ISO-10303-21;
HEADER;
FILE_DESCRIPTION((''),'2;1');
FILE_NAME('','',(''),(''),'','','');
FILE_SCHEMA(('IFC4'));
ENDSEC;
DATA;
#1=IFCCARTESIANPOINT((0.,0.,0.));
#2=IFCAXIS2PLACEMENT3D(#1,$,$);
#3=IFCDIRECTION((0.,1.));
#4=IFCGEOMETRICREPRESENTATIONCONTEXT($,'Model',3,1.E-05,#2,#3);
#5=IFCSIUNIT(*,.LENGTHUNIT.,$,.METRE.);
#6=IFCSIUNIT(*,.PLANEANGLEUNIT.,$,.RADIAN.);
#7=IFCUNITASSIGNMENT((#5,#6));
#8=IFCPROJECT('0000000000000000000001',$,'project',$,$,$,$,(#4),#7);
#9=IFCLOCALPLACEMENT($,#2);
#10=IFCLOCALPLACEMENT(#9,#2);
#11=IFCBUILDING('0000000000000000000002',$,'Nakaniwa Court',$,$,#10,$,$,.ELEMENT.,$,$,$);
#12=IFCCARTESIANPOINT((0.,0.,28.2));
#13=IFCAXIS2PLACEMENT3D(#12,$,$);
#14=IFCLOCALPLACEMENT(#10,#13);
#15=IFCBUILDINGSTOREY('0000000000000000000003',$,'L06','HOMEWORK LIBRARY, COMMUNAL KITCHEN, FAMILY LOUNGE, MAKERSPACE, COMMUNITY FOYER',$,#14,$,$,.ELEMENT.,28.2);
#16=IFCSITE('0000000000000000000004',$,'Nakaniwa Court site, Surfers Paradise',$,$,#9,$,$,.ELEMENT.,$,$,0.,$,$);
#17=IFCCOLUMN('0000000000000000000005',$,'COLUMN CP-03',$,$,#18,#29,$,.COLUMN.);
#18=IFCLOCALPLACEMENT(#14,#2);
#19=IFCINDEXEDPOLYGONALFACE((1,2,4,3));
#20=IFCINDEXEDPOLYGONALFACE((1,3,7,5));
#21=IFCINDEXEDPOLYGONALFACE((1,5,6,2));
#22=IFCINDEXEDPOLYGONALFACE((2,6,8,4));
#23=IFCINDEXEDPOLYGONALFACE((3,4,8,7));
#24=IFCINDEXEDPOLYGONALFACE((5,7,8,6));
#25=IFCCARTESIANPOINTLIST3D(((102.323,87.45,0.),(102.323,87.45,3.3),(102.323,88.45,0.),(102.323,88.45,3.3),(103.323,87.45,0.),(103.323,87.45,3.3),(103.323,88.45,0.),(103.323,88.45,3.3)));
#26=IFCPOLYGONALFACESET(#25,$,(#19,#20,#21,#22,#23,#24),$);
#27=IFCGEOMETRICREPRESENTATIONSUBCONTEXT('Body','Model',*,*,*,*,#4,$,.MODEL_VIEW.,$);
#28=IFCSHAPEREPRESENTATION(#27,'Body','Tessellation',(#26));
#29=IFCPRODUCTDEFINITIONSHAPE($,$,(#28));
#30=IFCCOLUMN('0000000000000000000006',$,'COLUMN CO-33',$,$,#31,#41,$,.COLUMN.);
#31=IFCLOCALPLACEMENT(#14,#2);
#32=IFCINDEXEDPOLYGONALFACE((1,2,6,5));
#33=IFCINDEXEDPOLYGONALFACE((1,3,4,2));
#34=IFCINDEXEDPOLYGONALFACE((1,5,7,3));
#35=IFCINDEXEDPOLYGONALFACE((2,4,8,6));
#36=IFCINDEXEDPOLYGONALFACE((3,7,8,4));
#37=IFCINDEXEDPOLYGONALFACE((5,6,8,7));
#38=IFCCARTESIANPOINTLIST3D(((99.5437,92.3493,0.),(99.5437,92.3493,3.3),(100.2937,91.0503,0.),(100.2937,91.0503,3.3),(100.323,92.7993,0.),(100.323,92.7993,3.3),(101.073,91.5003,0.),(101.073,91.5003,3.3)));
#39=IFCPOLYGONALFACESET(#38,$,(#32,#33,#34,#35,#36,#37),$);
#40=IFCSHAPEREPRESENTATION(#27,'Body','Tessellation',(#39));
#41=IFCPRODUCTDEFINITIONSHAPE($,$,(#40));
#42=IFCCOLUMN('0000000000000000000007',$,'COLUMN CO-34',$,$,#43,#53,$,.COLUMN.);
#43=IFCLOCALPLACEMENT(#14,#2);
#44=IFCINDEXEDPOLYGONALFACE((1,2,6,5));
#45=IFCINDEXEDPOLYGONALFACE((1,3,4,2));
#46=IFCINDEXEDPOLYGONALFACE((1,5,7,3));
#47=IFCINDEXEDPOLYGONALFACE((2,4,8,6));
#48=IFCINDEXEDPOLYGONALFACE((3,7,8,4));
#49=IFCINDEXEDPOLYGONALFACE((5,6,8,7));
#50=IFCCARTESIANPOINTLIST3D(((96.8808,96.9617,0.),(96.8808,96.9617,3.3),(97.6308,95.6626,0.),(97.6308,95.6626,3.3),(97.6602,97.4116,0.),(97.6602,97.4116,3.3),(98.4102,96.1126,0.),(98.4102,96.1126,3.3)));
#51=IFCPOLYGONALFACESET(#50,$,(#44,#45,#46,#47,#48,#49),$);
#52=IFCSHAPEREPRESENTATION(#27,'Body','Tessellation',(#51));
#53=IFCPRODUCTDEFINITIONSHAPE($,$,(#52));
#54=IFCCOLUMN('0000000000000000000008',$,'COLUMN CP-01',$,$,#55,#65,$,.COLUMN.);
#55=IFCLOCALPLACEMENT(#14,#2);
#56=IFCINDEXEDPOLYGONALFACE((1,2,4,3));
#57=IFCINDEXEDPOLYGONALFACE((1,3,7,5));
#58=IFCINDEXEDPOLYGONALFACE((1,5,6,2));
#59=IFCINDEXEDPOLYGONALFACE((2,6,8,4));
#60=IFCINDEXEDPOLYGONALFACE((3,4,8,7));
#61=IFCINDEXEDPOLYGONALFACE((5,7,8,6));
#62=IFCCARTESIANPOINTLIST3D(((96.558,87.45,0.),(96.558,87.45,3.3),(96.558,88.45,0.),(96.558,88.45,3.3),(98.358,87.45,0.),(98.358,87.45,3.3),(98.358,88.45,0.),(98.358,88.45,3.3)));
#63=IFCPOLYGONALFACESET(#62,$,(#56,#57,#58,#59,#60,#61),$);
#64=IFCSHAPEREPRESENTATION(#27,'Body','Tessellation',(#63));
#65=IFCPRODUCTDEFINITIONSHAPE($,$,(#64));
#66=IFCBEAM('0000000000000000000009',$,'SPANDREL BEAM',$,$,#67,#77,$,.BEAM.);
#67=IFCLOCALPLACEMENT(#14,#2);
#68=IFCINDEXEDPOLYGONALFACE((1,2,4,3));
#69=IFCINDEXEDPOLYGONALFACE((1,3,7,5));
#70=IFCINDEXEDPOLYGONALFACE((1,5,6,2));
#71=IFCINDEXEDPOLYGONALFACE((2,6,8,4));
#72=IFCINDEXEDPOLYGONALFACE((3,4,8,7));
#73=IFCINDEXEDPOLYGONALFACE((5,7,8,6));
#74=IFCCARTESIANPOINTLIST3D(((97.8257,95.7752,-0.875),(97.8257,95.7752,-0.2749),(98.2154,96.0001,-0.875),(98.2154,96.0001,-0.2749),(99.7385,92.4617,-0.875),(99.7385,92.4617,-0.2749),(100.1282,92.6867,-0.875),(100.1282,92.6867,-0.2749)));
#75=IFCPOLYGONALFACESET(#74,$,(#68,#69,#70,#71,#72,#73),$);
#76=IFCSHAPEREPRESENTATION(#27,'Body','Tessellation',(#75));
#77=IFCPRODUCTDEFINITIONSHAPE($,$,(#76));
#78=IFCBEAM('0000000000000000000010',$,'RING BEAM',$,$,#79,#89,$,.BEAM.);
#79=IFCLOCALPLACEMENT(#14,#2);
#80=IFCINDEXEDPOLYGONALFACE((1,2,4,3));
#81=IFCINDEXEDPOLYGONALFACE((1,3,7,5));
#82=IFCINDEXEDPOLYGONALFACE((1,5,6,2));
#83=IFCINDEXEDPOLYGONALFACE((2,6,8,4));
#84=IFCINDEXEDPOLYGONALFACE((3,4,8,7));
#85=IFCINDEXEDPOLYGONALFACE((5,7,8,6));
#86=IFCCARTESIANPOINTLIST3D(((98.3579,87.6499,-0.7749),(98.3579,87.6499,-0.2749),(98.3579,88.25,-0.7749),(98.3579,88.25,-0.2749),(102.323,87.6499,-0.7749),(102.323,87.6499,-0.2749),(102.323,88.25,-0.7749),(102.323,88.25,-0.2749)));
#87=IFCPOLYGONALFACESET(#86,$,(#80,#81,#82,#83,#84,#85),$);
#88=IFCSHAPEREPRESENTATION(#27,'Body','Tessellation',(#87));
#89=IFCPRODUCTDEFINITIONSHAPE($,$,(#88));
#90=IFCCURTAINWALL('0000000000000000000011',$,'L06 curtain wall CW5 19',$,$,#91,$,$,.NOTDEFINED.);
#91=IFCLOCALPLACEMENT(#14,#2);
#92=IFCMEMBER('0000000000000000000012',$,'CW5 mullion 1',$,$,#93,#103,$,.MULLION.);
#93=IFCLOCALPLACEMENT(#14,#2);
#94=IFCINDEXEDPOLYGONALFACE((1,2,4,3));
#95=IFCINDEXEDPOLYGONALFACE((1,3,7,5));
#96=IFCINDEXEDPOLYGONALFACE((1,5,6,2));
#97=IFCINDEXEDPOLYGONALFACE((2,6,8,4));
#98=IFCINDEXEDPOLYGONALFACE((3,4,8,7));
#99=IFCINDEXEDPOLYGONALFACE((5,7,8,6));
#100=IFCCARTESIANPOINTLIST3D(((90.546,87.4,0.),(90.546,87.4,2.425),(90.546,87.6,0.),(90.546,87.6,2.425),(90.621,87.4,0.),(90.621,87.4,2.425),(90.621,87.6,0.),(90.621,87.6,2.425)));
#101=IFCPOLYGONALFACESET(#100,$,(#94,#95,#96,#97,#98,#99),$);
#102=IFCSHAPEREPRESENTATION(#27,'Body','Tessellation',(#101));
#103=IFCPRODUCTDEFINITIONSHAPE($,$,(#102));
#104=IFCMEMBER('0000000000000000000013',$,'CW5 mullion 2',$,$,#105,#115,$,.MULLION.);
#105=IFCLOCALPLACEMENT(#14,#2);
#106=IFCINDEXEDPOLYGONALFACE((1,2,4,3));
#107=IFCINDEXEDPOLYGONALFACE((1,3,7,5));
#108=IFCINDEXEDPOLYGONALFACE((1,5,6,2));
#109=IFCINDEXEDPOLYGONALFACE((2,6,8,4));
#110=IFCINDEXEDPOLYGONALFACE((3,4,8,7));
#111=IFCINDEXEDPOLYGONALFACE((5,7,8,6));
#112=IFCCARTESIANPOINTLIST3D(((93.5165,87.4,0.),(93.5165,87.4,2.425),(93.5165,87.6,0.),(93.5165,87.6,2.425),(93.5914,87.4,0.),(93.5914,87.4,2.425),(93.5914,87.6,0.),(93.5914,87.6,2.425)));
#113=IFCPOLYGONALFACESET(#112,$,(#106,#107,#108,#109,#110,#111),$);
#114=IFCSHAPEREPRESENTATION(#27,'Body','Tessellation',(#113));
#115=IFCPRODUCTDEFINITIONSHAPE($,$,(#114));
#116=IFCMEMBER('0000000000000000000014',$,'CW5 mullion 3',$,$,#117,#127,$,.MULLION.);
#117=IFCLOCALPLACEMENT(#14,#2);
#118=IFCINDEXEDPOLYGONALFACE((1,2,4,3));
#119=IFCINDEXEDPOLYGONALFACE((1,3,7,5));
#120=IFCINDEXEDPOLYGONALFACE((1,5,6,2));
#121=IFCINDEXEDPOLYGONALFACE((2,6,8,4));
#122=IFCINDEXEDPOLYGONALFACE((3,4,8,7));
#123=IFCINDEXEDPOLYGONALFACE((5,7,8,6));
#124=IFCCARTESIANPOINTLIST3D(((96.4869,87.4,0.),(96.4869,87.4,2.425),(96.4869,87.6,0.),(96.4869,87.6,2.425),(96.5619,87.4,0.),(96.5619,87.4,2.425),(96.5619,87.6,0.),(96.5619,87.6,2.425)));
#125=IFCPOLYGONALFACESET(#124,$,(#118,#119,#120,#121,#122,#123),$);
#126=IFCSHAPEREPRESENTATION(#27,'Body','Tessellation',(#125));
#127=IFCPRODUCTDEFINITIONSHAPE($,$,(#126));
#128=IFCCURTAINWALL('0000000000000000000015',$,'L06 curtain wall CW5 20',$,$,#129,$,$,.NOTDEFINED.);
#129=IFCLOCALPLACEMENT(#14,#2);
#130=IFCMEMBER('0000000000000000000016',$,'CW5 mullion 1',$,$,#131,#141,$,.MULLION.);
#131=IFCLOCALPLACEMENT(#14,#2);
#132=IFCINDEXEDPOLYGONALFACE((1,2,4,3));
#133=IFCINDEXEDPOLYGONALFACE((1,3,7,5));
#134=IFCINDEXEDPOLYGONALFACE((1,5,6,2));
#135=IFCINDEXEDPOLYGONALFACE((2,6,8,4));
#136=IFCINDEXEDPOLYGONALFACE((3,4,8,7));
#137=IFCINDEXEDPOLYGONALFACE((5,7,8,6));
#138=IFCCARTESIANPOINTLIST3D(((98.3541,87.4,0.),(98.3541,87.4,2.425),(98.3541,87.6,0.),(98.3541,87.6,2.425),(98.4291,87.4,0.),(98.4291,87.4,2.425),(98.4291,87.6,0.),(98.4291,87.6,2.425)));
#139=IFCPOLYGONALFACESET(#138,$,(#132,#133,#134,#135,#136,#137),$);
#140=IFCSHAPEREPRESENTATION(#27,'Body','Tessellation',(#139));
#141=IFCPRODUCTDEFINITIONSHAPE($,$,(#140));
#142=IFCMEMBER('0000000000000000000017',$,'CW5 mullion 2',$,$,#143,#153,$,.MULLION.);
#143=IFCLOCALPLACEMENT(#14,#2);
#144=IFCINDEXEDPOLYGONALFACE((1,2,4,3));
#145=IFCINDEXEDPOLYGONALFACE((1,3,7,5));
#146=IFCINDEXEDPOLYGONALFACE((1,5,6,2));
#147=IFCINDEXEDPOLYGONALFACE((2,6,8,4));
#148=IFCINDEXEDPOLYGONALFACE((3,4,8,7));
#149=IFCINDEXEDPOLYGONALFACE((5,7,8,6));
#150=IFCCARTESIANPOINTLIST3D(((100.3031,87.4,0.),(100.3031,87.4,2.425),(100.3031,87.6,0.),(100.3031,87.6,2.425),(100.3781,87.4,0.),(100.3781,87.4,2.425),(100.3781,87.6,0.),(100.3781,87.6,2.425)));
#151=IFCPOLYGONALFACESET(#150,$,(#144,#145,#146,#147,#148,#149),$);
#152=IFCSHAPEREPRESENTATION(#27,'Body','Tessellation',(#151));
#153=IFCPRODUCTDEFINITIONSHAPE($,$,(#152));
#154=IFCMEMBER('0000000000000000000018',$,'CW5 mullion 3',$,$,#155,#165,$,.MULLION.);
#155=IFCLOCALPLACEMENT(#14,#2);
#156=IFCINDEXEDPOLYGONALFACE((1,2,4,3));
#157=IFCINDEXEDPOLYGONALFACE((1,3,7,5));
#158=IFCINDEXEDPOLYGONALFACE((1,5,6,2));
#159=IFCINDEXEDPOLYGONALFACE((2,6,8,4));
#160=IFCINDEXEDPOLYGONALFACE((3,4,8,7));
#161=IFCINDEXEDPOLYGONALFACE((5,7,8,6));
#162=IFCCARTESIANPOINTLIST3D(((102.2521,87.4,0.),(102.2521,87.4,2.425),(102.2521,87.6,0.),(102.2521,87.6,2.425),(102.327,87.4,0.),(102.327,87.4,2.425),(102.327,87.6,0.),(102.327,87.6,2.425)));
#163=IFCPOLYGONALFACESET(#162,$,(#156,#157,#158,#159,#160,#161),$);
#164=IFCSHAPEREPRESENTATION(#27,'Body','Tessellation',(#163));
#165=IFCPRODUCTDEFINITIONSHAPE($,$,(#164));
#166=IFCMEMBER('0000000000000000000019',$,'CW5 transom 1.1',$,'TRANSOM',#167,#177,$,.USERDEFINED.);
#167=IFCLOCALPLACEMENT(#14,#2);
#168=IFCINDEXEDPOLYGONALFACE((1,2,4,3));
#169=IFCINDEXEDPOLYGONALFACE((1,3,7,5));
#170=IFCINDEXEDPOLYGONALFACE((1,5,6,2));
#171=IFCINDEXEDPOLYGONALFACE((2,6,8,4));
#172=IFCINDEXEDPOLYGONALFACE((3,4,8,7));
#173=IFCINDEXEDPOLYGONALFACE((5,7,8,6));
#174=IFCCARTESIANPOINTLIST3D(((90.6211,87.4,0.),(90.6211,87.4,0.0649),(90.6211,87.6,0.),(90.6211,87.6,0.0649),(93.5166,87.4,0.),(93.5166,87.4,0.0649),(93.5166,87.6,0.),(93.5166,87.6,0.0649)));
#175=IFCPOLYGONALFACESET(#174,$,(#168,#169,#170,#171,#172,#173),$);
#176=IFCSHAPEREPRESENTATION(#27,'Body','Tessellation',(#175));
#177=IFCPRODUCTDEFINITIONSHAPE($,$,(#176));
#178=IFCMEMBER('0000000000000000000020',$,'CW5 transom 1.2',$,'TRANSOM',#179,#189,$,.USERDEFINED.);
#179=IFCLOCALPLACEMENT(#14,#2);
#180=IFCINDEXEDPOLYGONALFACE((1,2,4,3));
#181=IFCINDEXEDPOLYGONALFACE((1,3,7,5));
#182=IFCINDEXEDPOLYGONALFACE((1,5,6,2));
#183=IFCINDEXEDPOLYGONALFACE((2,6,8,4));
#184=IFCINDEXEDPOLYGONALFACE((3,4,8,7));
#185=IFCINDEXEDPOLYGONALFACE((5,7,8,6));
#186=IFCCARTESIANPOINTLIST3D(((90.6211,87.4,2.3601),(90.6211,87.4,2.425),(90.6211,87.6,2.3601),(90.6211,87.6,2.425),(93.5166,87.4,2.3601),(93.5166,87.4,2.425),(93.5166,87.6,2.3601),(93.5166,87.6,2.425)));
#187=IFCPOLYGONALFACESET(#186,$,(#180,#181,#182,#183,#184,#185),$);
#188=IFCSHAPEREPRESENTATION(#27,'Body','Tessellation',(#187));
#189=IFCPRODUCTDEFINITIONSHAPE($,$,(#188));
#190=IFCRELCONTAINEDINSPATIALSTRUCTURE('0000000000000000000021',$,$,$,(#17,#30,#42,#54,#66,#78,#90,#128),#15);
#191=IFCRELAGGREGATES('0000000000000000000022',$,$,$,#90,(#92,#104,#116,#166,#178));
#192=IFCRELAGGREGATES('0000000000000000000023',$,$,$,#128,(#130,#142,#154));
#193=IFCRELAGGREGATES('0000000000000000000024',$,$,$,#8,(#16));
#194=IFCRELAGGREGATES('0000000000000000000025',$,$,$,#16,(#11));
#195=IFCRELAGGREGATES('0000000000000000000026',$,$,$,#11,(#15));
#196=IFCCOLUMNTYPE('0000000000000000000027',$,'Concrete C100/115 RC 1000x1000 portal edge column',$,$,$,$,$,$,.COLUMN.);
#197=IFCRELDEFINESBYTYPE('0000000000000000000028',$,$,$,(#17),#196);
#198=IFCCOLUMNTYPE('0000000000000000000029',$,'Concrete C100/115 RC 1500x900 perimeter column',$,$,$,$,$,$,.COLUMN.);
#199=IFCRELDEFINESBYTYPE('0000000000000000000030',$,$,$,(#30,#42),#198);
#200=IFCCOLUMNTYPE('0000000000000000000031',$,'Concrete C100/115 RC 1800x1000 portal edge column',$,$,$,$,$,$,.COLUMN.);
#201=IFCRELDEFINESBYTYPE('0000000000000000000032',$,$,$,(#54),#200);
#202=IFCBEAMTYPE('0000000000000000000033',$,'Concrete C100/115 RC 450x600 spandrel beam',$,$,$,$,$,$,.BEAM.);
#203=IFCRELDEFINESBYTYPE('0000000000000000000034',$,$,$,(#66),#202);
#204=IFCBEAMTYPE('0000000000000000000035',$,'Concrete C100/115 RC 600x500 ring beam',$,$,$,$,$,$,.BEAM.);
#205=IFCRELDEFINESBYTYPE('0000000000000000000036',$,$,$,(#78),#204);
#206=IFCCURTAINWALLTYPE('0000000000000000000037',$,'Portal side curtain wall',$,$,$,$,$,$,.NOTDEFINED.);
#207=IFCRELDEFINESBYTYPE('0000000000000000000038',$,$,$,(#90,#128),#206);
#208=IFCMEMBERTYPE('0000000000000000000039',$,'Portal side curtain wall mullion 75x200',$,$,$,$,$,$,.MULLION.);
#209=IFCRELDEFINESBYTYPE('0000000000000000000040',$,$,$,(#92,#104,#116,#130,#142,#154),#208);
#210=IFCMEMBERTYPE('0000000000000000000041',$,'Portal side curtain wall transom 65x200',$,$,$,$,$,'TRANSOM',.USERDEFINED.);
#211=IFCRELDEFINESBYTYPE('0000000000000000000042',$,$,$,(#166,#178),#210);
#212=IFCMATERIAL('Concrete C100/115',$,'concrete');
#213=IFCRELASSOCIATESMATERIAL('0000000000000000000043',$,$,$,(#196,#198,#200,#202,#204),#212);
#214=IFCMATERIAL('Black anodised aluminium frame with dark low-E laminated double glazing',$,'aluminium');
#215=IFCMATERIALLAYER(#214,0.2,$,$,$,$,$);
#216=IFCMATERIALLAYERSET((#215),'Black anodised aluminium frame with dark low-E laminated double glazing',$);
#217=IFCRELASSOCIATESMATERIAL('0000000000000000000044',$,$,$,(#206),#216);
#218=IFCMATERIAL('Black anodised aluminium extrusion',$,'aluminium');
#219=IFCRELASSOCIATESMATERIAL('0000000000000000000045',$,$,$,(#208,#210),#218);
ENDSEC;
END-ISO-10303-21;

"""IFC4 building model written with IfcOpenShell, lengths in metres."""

from ifc_helpers import new_model, si_unit, direction, frame, origin, origin_2d, place, context, subcontext, project, spatial, rectangle, extrude, material, layer, layer_set, material_profile, profile_set, type_object, element, aggregate, save


model = new_model("IFC4")

# Units and contexts
model_context = context("Model", 3, precision=1e-05, world=origin(), true_north=direction((0.0, 1.0)))
body_context = subcontext(model_context, "Body", "Model", "MODEL_VIEW")
ifc_project = project(units=[si_unit("LENGTHUNIT", "METRE"), si_unit("PLANEANGLEUNIT", "RADIAN")], contexts=[model_context])

# Site, building, storey
site_placement = place(None, origin())
site = spatial("IfcSite", under=ifc_project, at=site_placement, Name="Nakaniwa Court site, Surfers Paradise", CompositionType="ELEMENT", RefElevation=0.0)
building_placement = place(site_placement, origin())
building = spatial("IfcBuilding", under=site, at=building_placement, Name="Nakaniwa Court", CompositionType="ELEMENT")
storey_placement = place(building_placement, frame((0.0, 0.0, 28.2)))
storey = spatial("IfcBuildingStorey", under=building, at=storey_placement, Name="L06", Description="HOMEWORK LIBRARY, COMMUNAL KITCHEN, FAMILY LOUNGE, MAKERSPACE, COMMUNITY FOYER", CompositionType="ELEMENT", Elevation=28.2)

# Columns
ifc_material_1 = material(Name="Concrete C100/115", Category="concrete")
ifc_material_profile_1 = material_profile(ifc_material_1, rectangle(XDim=1.0, YDim=1.0, at=origin_2d()), Name="Concrete C100/115 RC 1000x1000 portal edge column")
ifc_profile_set_1 = profile_set([ifc_material_profile_1], Name="Concrete C100/115")
column_type_1 = type_object("IfcColumnType", Name="Concrete C100/115 RC 1000x1000 portal edge column", PredefinedType="COLUMN", material=ifc_profile_set_1)
column_1_placement = place(storey_placement, frame((102.823, 87.95, 0.0), z_axis=(0.0, 0.0, 1.0), x_axis=(1.0, 0.0, 0.0)))
element("IfcColumn", 1, at=column_1_placement, inside=storey, type_object=column_type_1, Name="COLUMN CP-03", PredefinedType="COLUMN", context=body_context, shape_type="SweptSolid", body=[
    extrude(rectangle(XDim=1.0, YDim=1.0, at=origin_2d()), origin(), (0.0, 0.0, 1.0), 3.3),
])
ifc_material_profile_2 = material_profile(ifc_material_1, rectangle(XDim=1.5, YDim=0.8999, at=origin_2d()), Name="Concrete C100/115 RC 1500x900 perimeter column")
ifc_profile_set_2 = profile_set([ifc_material_profile_2], Name="Concrete C100/115")
column_type_2 = type_object("IfcColumnType", Name="Concrete C100/115 RC 1500x900 perimeter column", PredefinedType="COLUMN", material=ifc_profile_set_2)
for number, where, z_axis, x_axis, name in (
    (2, (100.3083, 91.9248, 0.0), (0.0, 0.0, 1.0), (-0.5, 0.866025, 0.0), "COLUMN CO-33"),
    (3, (97.6455, 96.5371, 0.0), (0.0, 0.0, 1.0), (-0.5, 0.866025, 0.0), "COLUMN CO-34"),
):
    element("IfcColumn", number, at=place(storey_placement, frame(where, z_axis=z_axis, x_axis=x_axis)), inside=storey, type_object=column_type_2, Name=name, PredefinedType="COLUMN", context=body_context, shape_type="SweptSolid", body=[
        extrude(rectangle(XDim=1.5, YDim=0.8999, at=origin_2d()), origin(), (0.0, 0.0, 1.0), 3.3),
    ])
ifc_material_profile_3 = material_profile(ifc_material_1, rectangle(XDim=1.8, YDim=1.0, at=origin_2d()), Name="Concrete C100/115 RC 1800x1000 portal edge column")
ifc_profile_set_3 = profile_set([ifc_material_profile_3], Name="Concrete C100/115")
column_type_3 = type_object("IfcColumnType", Name="Concrete C100/115 RC 1800x1000 portal edge column", PredefinedType="COLUMN", material=ifc_profile_set_3)
column_2_placement = place(storey_placement, frame((97.458, 87.95, 0.0), z_axis=(0.0, 0.0, 1.0), x_axis=(1.0, 0.0, 0.0)))
element("IfcColumn", 4, at=column_2_placement, inside=storey, type_object=column_type_3, Name="COLUMN CP-01", PredefinedType="COLUMN", context=body_context, shape_type="SweptSolid", body=[
    extrude(rectangle(XDim=1.8, YDim=1.0, at=origin_2d()), origin(), (0.0, 0.0, 1.0), 3.3),
])

# Beams
ifc_material_profile_4 = material_profile(ifc_material_1, rectangle(XDim=0.45, YDim=0.6001, at=origin_2d()), Name="Concrete C100/115 RC 450x600 spandrel beam")
ifc_profile_set_4 = profile_set([ifc_material_profile_4], Name="Concrete C100/115")
beam_type_1 = type_object("IfcBeamType", Name="Concrete C100/115 RC 450x600 spandrel beam", PredefinedType="BEAM", material=ifc_profile_set_4)
beam_1_placement = place(storey_placement, frame((99.9333, 92.5742, -0.575), z_axis=(-0.499962, 0.866047, 0.0), x_axis=(-0.866047, -0.499962, 0.0)))
element("IfcBeam", 5, at=beam_1_placement, inside=storey, type_object=beam_type_1, Name="SPANDREL BEAM", PredefinedType="BEAM", context=body_context, shape_type="SweptSolid", body=[
    extrude(rectangle(XDim=0.45, YDim=0.6001, at=origin_2d()), origin(), (0.0, 0.0, 1.0), 3.8259),
])
ifc_material_profile_5 = material_profile(ifc_material_1, rectangle(XDim=0.6001, YDim=0.5, at=origin_2d()), Name="Concrete C100/115 RC 600x500 ring beam")
ifc_profile_set_5 = profile_set([ifc_material_profile_5], Name="Concrete C100/115")
beam_type_2 = type_object("IfcBeamType", Name="Concrete C100/115 RC 600x500 ring beam", PredefinedType="BEAM", material=ifc_profile_set_5)
beam_2_placement = place(storey_placement, frame((98.3579, 87.95, -0.5249), z_axis=(1.0, 0.0, 0.0), x_axis=(0.0, 1.0, 0.0)))
element("IfcBeam", 6, at=beam_2_placement, inside=storey, type_object=beam_type_2, Name="RING BEAM", PredefinedType="BEAM", context=body_context, shape_type="SweptSolid", body=[
    extrude(rectangle(XDim=0.6001, YDim=0.5, at=origin_2d()), origin(), (0.0, 0.0, 1.0), 3.9651),
])

# Curtain walls, members
ifc_material_2 = material(Name="Black anodised aluminium frame with dark low-E laminated double glazing", Category="aluminium")
ifc_layer_1 = layer(ifc_material_2, 0.2)
ifc_layer_set_1 = layer_set([ifc_layer_1], Name="Black anodised aluminium frame with dark low-E laminated double glazing")
curtain_wall_type = type_object("IfcCurtainWallType", Name="Portal side curtain wall", PredefinedType="NOTDEFINED", material=ifc_layer_set_1)
curtain_wall_1_placement = place(storey_placement, origin())
curtain_wall_1 = element("IfcCurtainWall", 7, at=curtain_wall_1_placement, inside=storey, type_object=curtain_wall_type, Name="L06 curtain wall CW5 19", PredefinedType="NOTDEFINED")
ifc_material_3 = material(Name="Black anodised aluminium extrusion", Category="aluminium")
ifc_material_profile_6 = material_profile(ifc_material_3, rectangle(XDim=0.2, YDim=0.075, at=origin_2d()), Name="Portal side curtain wall mullion 75x200")
ifc_profile_set_6 = profile_set([ifc_material_profile_6], Name="Black anodised aluminium extrusion")
member_type_1 = type_object("IfcMemberType", Name="Portal side curtain wall mullion 75x200", PredefinedType="MULLION", material=ifc_profile_set_6)
member_1_placement = place(storey_placement, frame((90.5835, 87.5, 0.0), z_axis=(0.0, 0.0, 1.0), x_axis=(0.0, 1.0, 0.0)))
member_1 = element("IfcMember", 8, at=member_1_placement, type_object=member_type_1, Name="CW5 mullion 1", PredefinedType="MULLION", context=body_context, shape_type="SweptSolid", body=[
    extrude(rectangle(XDim=0.2, YDim=0.075, at=origin_2d()), origin(), (0.0, 0.0, 1.0), 2.425),
])
member_2_placement = place(storey_placement, frame((93.554, 87.5, 0.0), z_axis=(0.0, 0.0, 1.0), x_axis=(0.0, 1.0, 0.0)))
member_2 = element("IfcMember", 9, at=member_2_placement, type_object=member_type_1, Name="CW5 mullion 2", PredefinedType="MULLION", context=body_context, shape_type="SweptSolid", body=[
    extrude(rectangle(XDim=0.2, YDim=0.075, at=origin_2d()), origin(), (0.0, 0.0, 1.0), 2.425),
])
member_3_placement = place(storey_placement, frame((96.5244, 87.5, 0.0), z_axis=(0.0, 0.0, 1.0), x_axis=(0.0, 1.0, 0.0)))
member_3 = element("IfcMember", 10, at=member_3_placement, type_object=member_type_1, Name="CW5 mullion 3", PredefinedType="MULLION", context=body_context, shape_type="SweptSolid", body=[
    extrude(rectangle(XDim=0.2, YDim=0.075, at=origin_2d()), origin(), (0.0, 0.0, 1.0), 2.425),
])
curtain_wall_2_placement = place(storey_placement, origin())
curtain_wall_2 = element("IfcCurtainWall", 11, at=curtain_wall_2_placement, inside=storey, type_object=curtain_wall_type, Name="L06 curtain wall CW5 20", PredefinedType="NOTDEFINED")
member_4_placement = place(storey_placement, frame((98.3916, 87.5, 0.0), z_axis=(0.0, 0.0, 1.0), x_axis=(0.0, 1.0, 0.0)))
member_4 = element("IfcMember", 12, at=member_4_placement, type_object=member_type_1, Name="CW5 mullion 1", PredefinedType="MULLION", context=body_context, shape_type="SweptSolid", body=[
    extrude(rectangle(XDim=0.2, YDim=0.075, at=origin_2d()), origin(), (0.0, 0.0, 1.0), 2.425),
])
member_5_placement = place(storey_placement, frame((100.3406, 87.5, 0.0), z_axis=(0.0, 0.0, 1.0), x_axis=(0.0, 1.0, 0.0)))
member_5 = element("IfcMember", 13, at=member_5_placement, type_object=member_type_1, Name="CW5 mullion 2", PredefinedType="MULLION", context=body_context, shape_type="SweptSolid", body=[
    extrude(rectangle(XDim=0.2, YDim=0.075, at=origin_2d()), origin(), (0.0, 0.0, 1.0), 2.425),
])
member_6_placement = place(storey_placement, frame((102.2896, 87.5, 0.0), z_axis=(0.0, 0.0, 1.0), x_axis=(0.0, 1.0, 0.0)))
member_6 = element("IfcMember", 14, at=member_6_placement, type_object=member_type_1, Name="CW5 mullion 3", PredefinedType="MULLION", context=body_context, shape_type="SweptSolid", body=[
    extrude(rectangle(XDim=0.2, YDim=0.075, at=origin_2d()), origin(), (0.0, 0.0, 1.0), 2.425),
])

# Members
ifc_material_profile_7 = material_profile(ifc_material_3, rectangle(XDim=0.2, YDim=0.0649, at=origin_2d()), Name="Portal side curtain wall transom 65x200")
ifc_profile_set_7 = profile_set([ifc_material_profile_7], Name="Black anodised aluminium extrusion")
member_type_2 = type_object("IfcMemberType", Name="Portal side curtain wall transom 65x200", ElementType="TRANSOM", PredefinedType="USERDEFINED", material=ifc_profile_set_7)
member_7_placement = place(storey_placement, frame((90.6211, 87.5, 0.0325), z_axis=(1.0, 0.0, 0.0), x_axis=(0.0, 1.0, 0.0)))
member_7 = element("IfcMember", 15, at=member_7_placement, type_object=member_type_2, Name="CW5 transom 1.1", ObjectType="TRANSOM", PredefinedType="USERDEFINED", context=body_context, shape_type="SweptSolid", body=[
    extrude(rectangle(XDim=0.2, YDim=0.0649, at=origin_2d()), origin(), (0.0, 0.0, 1.0), 2.8955),
])
member_8_placement = place(storey_placement, frame((90.6211, 87.5, 2.3926), z_axis=(1.0, 0.0, 0.0), x_axis=(0.0, 1.0, 0.0)))
member_8 = element("IfcMember", 16, at=member_8_placement, type_object=member_type_2, Name="CW5 transom 1.2", ObjectType="TRANSOM", PredefinedType="USERDEFINED", context=body_context, shape_type="SweptSolid", body=[
    extrude(rectangle(XDim=0.2, YDim=0.0649, at=origin_2d()), origin(), (0.0, 0.0, 1.0), 2.8955),
])

aggregate(curtain_wall_1, [member_1, member_2, member_3, member_7, member_8])
aggregate(curtain_wall_2, [member_4, member_5, member_6])

save(model, "model.ifc")
